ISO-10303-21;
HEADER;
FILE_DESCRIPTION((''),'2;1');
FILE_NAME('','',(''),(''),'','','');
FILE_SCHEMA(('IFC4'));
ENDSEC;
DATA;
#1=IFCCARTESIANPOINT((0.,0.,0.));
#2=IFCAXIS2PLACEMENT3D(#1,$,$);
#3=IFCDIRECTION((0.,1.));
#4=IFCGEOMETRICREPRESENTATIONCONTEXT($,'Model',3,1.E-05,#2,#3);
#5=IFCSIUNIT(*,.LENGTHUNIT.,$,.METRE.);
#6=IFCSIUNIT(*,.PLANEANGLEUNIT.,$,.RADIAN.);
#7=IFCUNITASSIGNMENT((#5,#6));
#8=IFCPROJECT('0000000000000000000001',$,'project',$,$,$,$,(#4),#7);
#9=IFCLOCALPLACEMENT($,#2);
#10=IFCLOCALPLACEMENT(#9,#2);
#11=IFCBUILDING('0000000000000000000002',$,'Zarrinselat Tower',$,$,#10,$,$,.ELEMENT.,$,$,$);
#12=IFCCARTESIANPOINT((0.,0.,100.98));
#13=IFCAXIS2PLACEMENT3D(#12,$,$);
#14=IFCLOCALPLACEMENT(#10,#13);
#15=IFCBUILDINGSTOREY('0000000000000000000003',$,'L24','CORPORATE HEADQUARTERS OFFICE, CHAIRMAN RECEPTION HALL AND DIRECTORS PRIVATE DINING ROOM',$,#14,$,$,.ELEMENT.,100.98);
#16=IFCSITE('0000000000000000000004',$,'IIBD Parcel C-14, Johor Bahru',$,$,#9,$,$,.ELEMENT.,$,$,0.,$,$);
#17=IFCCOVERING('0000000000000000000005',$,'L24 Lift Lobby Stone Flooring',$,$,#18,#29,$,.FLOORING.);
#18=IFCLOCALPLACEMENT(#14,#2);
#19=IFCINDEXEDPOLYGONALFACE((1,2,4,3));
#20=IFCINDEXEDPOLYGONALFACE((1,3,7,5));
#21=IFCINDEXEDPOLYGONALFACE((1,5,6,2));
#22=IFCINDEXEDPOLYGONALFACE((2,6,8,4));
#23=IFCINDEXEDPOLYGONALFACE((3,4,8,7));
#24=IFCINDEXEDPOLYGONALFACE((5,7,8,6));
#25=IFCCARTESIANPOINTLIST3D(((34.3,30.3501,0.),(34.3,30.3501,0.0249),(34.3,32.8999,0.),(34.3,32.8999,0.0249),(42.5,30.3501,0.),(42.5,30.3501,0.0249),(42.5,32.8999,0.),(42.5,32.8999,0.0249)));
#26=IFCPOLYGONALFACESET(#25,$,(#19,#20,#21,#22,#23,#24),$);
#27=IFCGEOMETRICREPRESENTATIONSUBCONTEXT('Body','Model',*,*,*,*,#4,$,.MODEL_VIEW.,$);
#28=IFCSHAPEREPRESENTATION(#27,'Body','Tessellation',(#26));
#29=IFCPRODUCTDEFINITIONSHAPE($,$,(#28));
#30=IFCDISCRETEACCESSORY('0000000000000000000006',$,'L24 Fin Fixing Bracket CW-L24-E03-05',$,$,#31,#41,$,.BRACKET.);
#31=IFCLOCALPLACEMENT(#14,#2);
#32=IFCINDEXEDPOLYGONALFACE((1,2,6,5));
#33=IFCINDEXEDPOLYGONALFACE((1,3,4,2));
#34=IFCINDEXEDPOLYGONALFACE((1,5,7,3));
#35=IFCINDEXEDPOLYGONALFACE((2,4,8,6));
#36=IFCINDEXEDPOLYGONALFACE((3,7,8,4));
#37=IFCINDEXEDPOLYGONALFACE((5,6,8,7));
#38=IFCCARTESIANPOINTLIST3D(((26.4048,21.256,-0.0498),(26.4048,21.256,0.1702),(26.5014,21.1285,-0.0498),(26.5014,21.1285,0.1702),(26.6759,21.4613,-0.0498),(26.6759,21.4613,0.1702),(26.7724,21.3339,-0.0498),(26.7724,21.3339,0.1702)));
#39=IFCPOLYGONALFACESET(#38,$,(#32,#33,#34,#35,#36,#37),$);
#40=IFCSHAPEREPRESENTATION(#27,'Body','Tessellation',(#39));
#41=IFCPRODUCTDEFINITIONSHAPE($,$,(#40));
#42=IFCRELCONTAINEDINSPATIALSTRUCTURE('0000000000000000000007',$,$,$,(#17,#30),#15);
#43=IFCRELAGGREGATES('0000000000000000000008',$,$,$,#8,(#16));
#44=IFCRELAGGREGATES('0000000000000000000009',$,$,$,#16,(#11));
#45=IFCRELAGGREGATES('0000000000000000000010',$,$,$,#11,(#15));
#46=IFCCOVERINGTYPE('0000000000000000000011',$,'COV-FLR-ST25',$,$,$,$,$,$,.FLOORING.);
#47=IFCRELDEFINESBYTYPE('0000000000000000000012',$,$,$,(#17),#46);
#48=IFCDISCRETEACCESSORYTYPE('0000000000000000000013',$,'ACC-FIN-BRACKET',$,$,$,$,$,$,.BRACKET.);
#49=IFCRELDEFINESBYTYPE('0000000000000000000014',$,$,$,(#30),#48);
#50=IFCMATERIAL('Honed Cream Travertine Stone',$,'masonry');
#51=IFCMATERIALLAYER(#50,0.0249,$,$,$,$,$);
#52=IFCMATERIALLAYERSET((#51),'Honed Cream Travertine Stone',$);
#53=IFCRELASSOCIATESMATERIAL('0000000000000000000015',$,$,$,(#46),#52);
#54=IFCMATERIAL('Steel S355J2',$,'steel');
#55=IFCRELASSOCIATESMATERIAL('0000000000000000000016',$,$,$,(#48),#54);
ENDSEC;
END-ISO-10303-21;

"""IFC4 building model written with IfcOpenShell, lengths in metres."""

from ifc_helpers import new_model, si_unit, direction, frame, origin, origin_2d, place, context, subcontext, project, spatial, polyline, rectangle, outline, extrude, material, layer, layer_set, type_object, element, save


model = new_model("IFC4")

# Units and contexts
model_context = context("Model", 3, precision=1e-05, world=origin(), true_north=direction((0.0, 1.0)))
body_context = subcontext(model_context, "Body", "Model", "MODEL_VIEW")
ifc_project = project(units=[si_unit("LENGTHUNIT", "METRE"), si_unit("PLANEANGLEUNIT", "RADIAN")], contexts=[model_context])

# Site, building, storey
site_placement = place(None, origin())
site = spatial("IfcSite", under=ifc_project, at=site_placement, Name="IIBD Parcel C-14, Johor Bahru", CompositionType="ELEMENT", RefElevation=0.0)
building_placement = place(site_placement, origin())
building = spatial("IfcBuilding", under=site, at=building_placement, Name="Zarrinselat Tower", CompositionType="ELEMENT")
storey_placement = place(building_placement, frame((0.0, 0.0, 100.98)))
storey = spatial("IfcBuildingStorey", under=building, at=storey_placement, Name="L24", Description="CORPORATE HEADQUARTERS OFFICE, CHAIRMAN RECEPTION HALL AND DIRECTORS PRIVATE DINING ROOM", CompositionType="ELEMENT", Elevation=100.98)

# Covering
ifc_material_1 = material(Name="Honed Cream Travertine Stone", Category="masonry")
ifc_layer_1 = layer(ifc_material_1, 0.0249)
ifc_layer_set_1 = layer_set([ifc_layer_1], Name="Honed Cream Travertine Stone")
covering_type_1 = type_object("IfcCoveringType", Name="COV-FLR-ST25", PredefinedType="FLOORING", material=ifc_layer_set_1)
covering_1_placement = place(storey_placement, origin())
element("IfcCovering", 1, at=covering_1_placement, inside=storey, type_object=covering_type_1, Name="L24 Lift Lobby Stone Flooring", PredefinedType="FLOORING", context=body_context, shape_type="SweptSolid", body=[
    extrude(outline(polyline([(34.3, 30.3501), (42.5, 30.3501), (42.5, 32.8999), (34.3, 32.8999), (34.3, 30.3501)])), origin(), (0.0, 0.0, 1.0), 0.0249),
])

# Discrete accessory
ifc_material_2 = material(Name="Steel S355J2", Category="steel")
discrete_accessory_type = type_object("IfcDiscreteAccessoryType", Name="ACC-FIN-BRACKET", PredefinedType="BRACKET", material=ifc_material_2)
discrete_accessory_placement = place(storey_placement, frame((26.5886, 21.2949, -0.0498), z_axis=(0.0, 0.0, 1.0), x_axis=(-0.797092, -0.603858, 0.0)))
element("IfcDiscreteAccessory", 2, at=discrete_accessory_placement, inside=storey, type_object=discrete_accessory_type, Name="L24 Fin Fixing Bracket CW-L24-E03-05", PredefinedType="BRACKET", context=body_context, shape_type="SweptSolid", body=[
    extrude(rectangle(XDim=0.3401, YDim=0.1599, at=origin_2d()), origin(), (0.0, 0.0, 1.0), 0.22),
])

save(model, "model.ifc")
